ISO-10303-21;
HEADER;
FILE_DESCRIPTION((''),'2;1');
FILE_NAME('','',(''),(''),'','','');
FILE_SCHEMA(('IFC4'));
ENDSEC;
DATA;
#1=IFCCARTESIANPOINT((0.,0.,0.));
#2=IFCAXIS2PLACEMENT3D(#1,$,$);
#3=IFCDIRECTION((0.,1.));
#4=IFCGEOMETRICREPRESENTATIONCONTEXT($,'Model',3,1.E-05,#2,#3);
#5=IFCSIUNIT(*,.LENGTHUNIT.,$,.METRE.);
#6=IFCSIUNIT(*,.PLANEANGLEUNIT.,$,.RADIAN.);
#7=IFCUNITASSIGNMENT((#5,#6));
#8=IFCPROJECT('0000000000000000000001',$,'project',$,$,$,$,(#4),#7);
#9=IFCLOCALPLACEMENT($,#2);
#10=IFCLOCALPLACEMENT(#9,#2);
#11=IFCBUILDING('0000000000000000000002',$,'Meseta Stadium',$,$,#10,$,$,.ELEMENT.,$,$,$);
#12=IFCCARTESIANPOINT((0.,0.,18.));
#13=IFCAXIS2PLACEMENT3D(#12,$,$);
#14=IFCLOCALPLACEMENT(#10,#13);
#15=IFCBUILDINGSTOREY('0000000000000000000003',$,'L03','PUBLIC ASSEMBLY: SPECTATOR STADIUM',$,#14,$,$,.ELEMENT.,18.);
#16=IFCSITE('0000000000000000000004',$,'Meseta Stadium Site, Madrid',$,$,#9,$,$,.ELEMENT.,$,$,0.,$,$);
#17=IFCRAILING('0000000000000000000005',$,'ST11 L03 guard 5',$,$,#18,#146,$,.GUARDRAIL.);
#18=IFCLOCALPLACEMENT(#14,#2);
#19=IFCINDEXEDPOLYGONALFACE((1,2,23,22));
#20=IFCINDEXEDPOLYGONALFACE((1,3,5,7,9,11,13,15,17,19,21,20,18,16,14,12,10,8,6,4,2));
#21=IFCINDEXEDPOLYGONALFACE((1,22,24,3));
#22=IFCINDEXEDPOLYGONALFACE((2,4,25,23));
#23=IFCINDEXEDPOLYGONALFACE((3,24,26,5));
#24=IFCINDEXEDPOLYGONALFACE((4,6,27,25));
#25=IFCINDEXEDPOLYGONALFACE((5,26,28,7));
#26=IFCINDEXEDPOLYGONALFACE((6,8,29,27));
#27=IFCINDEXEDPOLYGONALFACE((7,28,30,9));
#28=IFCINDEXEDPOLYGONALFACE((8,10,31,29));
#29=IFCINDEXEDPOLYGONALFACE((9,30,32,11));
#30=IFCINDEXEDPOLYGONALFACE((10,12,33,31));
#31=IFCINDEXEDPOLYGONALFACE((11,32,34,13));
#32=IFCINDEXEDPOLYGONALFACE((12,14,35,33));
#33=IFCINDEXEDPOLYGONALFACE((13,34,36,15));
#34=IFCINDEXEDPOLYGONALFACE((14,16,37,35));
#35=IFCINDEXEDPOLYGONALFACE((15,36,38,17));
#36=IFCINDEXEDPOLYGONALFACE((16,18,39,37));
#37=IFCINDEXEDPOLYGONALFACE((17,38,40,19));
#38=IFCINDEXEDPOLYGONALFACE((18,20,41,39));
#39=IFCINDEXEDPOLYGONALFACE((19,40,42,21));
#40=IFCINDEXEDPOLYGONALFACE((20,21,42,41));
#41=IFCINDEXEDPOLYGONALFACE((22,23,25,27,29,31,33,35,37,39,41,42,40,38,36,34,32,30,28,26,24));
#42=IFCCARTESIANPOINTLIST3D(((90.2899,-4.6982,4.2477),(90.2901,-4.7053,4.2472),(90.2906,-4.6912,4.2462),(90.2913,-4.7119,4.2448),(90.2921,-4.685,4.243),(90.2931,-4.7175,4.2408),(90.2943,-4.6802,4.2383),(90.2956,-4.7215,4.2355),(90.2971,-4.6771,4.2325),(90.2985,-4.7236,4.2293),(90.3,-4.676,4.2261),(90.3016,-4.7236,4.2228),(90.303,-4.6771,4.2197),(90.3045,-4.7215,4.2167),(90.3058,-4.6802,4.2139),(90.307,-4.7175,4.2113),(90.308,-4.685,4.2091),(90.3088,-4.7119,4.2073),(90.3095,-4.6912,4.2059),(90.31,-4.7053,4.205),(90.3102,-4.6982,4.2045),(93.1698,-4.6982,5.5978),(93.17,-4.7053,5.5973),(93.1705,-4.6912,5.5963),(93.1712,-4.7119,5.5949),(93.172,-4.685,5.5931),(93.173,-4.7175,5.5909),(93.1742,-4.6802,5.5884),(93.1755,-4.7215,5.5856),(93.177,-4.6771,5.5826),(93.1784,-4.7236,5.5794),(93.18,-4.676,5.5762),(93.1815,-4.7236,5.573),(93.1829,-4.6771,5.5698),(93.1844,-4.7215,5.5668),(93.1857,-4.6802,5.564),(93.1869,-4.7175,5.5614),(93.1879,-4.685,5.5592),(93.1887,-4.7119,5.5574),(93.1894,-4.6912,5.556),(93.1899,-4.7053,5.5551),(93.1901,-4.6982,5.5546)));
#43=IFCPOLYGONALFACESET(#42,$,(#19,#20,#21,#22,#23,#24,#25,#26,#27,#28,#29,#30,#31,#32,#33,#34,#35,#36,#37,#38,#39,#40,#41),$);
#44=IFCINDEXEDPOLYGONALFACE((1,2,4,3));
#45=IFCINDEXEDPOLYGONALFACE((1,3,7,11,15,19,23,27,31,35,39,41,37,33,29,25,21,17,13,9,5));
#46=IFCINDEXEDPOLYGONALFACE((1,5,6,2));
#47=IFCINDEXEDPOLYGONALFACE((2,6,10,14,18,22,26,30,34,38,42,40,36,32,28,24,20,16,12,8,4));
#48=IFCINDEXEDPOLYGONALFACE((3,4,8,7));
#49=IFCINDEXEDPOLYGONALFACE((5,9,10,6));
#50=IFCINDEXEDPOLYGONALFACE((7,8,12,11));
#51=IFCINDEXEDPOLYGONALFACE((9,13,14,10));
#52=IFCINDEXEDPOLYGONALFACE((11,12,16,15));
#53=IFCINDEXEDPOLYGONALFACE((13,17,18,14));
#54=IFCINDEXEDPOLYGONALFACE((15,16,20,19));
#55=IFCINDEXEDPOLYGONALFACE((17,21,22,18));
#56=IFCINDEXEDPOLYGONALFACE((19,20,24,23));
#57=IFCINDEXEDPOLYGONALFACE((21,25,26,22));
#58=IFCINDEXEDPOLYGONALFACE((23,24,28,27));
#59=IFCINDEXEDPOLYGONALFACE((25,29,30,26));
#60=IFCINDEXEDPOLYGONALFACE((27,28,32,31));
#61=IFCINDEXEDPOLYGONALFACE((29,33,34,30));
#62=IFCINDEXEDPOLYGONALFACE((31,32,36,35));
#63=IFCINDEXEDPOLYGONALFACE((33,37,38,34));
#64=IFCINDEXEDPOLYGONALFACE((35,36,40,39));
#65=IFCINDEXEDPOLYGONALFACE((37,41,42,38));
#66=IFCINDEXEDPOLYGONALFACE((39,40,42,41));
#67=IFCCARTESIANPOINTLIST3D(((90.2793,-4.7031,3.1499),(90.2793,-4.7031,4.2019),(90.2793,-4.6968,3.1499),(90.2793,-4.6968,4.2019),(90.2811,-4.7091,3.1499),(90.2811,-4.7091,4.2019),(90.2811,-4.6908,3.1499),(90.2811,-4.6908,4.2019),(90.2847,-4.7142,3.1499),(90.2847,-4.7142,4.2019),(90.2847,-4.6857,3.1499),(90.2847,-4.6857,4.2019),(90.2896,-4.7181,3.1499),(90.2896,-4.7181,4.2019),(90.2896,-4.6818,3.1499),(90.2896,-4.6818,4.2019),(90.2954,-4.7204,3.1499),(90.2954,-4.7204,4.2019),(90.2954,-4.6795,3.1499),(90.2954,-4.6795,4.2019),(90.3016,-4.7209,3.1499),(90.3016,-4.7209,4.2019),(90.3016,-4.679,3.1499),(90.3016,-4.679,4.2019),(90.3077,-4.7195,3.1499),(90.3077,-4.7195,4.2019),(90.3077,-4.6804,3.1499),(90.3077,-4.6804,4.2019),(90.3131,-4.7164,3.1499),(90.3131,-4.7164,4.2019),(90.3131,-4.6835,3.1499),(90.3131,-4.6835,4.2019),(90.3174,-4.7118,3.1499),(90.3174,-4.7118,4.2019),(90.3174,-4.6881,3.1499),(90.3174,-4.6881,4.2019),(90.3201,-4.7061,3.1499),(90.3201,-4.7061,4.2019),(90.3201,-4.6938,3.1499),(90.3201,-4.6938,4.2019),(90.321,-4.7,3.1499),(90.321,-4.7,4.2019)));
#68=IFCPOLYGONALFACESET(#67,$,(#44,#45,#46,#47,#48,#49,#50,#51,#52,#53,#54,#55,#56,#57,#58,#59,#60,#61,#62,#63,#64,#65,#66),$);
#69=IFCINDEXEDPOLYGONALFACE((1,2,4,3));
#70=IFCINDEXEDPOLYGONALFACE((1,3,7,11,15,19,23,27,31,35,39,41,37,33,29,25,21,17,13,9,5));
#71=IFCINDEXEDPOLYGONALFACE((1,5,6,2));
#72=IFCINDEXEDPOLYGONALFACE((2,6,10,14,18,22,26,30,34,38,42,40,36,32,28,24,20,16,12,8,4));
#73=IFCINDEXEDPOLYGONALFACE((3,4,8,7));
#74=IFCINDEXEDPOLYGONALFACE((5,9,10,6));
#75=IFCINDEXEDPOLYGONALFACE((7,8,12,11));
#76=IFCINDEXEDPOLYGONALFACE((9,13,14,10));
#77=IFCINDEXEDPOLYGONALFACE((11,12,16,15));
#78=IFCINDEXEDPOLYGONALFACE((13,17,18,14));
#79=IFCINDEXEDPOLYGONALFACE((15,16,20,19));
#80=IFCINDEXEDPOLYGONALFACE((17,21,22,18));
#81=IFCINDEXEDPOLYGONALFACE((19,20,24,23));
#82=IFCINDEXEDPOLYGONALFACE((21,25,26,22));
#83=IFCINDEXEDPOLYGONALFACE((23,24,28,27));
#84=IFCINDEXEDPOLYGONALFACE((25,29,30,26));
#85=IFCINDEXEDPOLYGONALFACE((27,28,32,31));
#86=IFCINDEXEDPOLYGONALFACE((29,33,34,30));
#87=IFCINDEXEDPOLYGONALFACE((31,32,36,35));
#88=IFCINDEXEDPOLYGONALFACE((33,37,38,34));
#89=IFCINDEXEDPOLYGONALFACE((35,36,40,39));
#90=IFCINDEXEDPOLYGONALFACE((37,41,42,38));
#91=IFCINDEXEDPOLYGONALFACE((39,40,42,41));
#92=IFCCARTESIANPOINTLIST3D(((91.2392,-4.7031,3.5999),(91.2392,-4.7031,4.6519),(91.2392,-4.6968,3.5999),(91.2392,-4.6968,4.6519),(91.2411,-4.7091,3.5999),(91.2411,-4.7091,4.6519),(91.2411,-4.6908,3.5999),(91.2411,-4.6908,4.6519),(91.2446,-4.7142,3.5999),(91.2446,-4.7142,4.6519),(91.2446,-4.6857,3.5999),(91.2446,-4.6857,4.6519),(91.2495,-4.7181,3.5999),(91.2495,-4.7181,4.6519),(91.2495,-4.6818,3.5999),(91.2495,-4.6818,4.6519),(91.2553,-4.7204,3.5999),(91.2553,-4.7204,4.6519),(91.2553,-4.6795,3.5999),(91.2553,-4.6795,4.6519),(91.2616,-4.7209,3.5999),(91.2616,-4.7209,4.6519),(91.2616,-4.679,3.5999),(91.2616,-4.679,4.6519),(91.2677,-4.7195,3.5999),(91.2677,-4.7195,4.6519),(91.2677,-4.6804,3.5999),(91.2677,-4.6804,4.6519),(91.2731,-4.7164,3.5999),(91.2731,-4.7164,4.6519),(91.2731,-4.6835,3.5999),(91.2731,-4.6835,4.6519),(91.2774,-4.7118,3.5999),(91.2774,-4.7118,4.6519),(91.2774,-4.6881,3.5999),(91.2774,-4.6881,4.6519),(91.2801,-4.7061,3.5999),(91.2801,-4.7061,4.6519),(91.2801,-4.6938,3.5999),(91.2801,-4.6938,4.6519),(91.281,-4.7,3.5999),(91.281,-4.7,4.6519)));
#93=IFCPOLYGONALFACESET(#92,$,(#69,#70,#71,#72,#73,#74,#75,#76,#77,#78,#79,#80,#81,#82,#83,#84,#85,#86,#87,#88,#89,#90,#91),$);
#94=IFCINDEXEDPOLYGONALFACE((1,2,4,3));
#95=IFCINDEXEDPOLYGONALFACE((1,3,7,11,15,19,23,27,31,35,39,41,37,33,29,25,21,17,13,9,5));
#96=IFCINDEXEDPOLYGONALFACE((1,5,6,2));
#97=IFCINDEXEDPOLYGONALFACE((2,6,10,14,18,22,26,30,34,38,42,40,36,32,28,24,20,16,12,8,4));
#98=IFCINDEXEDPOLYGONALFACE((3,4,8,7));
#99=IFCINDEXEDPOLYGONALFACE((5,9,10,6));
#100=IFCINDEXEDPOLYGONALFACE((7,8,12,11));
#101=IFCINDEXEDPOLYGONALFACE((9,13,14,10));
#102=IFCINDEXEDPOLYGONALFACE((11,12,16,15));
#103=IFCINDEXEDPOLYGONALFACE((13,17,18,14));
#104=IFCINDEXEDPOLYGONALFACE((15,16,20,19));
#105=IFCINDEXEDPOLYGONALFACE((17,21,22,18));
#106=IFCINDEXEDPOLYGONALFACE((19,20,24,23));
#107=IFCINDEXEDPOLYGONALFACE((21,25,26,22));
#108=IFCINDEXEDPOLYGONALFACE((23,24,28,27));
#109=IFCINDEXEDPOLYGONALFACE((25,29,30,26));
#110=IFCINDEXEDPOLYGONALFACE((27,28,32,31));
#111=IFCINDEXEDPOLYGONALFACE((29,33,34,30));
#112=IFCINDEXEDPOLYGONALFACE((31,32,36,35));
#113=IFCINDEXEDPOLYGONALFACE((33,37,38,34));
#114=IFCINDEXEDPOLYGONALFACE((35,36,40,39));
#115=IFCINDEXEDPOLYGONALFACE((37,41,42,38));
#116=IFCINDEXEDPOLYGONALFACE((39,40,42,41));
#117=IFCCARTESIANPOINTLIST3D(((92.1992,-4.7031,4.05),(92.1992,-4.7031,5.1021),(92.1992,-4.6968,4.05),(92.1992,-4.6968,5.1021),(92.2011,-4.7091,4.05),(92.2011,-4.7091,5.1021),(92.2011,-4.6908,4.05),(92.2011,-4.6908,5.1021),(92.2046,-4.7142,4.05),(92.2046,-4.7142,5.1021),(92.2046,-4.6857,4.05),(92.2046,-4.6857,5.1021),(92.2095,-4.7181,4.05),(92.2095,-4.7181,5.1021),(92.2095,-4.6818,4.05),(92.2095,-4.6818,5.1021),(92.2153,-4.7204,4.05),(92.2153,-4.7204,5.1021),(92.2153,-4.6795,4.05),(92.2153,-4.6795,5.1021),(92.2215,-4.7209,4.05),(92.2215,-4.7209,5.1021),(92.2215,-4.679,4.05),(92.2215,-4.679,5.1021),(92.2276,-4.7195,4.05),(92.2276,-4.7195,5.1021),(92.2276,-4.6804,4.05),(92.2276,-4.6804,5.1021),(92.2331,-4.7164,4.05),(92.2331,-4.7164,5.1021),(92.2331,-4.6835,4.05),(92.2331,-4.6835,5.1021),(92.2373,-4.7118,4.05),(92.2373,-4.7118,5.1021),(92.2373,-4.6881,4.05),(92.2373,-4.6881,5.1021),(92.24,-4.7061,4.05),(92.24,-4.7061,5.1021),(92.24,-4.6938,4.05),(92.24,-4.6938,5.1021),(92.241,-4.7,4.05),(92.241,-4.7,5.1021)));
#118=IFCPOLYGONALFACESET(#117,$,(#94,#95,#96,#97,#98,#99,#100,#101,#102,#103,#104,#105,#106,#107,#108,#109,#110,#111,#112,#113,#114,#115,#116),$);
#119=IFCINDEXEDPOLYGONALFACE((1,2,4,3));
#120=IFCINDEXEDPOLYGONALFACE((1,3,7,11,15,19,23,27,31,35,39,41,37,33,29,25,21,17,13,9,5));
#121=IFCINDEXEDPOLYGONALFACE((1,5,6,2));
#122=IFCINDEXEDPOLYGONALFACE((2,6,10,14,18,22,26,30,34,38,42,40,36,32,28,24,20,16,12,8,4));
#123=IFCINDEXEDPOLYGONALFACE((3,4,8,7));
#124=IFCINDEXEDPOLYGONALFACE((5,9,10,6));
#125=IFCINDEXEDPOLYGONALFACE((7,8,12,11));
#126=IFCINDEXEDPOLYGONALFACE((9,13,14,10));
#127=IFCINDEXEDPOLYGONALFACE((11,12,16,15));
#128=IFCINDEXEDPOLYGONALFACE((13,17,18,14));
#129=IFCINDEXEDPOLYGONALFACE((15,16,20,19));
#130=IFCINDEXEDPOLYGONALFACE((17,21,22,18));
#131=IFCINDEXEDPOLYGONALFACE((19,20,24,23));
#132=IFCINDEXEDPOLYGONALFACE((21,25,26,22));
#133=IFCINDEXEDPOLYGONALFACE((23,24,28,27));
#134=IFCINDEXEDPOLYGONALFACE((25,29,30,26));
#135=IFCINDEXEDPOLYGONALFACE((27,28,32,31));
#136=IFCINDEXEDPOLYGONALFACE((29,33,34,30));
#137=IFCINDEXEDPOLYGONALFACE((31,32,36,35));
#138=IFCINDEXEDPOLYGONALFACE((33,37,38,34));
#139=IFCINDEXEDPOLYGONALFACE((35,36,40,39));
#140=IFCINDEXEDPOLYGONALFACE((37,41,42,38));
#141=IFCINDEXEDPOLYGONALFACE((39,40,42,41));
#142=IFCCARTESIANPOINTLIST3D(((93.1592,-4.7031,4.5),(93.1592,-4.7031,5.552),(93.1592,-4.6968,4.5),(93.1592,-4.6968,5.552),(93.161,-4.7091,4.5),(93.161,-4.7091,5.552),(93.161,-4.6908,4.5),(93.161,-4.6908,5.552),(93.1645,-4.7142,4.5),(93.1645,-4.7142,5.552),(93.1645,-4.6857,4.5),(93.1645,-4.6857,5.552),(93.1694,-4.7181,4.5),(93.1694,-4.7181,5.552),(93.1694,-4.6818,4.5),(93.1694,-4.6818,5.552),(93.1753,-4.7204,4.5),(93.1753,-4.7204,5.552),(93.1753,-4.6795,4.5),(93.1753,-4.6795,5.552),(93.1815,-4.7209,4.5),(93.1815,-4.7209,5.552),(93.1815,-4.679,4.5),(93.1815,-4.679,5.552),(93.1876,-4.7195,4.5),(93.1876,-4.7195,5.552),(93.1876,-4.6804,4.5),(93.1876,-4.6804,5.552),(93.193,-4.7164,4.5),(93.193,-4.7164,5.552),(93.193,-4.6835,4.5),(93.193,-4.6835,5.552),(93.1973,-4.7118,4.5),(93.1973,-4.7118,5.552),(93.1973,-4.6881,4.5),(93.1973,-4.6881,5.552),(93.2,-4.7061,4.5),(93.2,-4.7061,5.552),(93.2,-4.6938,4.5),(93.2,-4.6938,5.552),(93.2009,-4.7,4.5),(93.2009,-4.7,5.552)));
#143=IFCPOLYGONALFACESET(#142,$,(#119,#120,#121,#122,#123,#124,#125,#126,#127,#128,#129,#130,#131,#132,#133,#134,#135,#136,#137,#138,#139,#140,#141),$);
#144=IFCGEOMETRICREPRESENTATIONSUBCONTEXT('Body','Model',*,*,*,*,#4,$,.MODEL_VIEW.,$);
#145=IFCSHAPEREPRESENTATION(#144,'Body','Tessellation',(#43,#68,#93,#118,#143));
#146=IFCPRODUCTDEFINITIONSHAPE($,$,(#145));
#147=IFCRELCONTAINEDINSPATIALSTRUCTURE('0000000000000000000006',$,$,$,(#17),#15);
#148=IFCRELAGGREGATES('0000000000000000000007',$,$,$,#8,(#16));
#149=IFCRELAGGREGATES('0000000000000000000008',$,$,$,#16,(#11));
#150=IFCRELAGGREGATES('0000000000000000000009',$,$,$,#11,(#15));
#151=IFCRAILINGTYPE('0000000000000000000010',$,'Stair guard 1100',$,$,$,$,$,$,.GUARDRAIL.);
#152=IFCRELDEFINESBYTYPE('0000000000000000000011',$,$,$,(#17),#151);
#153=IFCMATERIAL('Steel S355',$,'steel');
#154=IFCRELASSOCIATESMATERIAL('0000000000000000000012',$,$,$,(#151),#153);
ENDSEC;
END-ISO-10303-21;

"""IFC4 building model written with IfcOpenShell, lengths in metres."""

from ifc_helpers import new_model, si_unit, direction, frame, origin, origin_2d, place, context, subcontext, project, spatial, circle, extrude, material, type_object, element, save


model = new_model("IFC4")

# Units and contexts
model_context = context("Model", 3, precision=1e-05, world=origin(), true_north=direction((0.0, 1.0)))
body_context = subcontext(model_context, "Body", "Model", "MODEL_VIEW")
ifc_project = project(units=[si_unit("LENGTHUNIT", "METRE"), si_unit("PLANEANGLEUNIT", "RADIAN")], contexts=[model_context])

# Site, building, storey
site_placement = place(None, origin())
site = spatial("IfcSite", under=ifc_project, at=site_placement, Name="Meseta Stadium Site, Madrid", CompositionType="ELEMENT", RefElevation=0.0)
building_placement = place(site_placement, origin())
building = spatial("IfcBuilding", under=site, at=building_placement, Name="Meseta Stadium", CompositionType="ELEMENT")
storey_placement = place(building_placement, frame((0.0, 0.0, 18.0)))
storey = spatial("IfcBuildingStorey", under=building, at=storey_placement, Name="L03", Description="PUBLIC ASSEMBLY: SPECTATOR STADIUM", CompositionType="ELEMENT", Elevation=18.0)

# Railing
ifc_material_1 = material(Name="Steel S355", Category="steel")
railing_type_1 = type_object("IfcRailingType", Name="Stair guard 1100", PredefinedType="GUARDRAIL", material=ifc_material_1)
railing_1_placement = place(storey_placement, frame((90.3, -4.7, 3.1499)))
element("IfcRailing", 1, at=railing_1_placement, inside=storey, type_object=railing_type_1, Name="ST11 L03 guard 5", PredefinedType="GUARDRAIL", context=body_context, shape_type="SweptSolid", body=[
    extrude(circle(Radius=0.0239, at=origin_2d()), frame((0.0, 0.0, 1.0762), z_axis=(0.90544, 0.0, 0.424473), x_axis=(0.0, 1.0, 0.0)), (0.0, 0.0, 1.0), 3.1807),
    extrude(circle(Radius=0.021, at=origin_2d()), origin(), (0.0, 0.0, 1.0), 1.052),
    extrude(circle(Radius=0.021, at=origin_2d()), frame((0.96, 0.0, 0.45)), (0.0, 0.0, 1.0), 1.052),
    extrude(circle(Radius=0.021, at=origin_2d()), frame((1.9199, 0.0, 0.9001)), (0.0, 0.0, 1.0), 1.052),
    extrude(circle(Radius=0.021, at=origin_2d()), frame((2.8799, 0.0, 1.3501)), (0.0, 0.0, 1.0), 1.052),
])

save(model, "model.ifc")
